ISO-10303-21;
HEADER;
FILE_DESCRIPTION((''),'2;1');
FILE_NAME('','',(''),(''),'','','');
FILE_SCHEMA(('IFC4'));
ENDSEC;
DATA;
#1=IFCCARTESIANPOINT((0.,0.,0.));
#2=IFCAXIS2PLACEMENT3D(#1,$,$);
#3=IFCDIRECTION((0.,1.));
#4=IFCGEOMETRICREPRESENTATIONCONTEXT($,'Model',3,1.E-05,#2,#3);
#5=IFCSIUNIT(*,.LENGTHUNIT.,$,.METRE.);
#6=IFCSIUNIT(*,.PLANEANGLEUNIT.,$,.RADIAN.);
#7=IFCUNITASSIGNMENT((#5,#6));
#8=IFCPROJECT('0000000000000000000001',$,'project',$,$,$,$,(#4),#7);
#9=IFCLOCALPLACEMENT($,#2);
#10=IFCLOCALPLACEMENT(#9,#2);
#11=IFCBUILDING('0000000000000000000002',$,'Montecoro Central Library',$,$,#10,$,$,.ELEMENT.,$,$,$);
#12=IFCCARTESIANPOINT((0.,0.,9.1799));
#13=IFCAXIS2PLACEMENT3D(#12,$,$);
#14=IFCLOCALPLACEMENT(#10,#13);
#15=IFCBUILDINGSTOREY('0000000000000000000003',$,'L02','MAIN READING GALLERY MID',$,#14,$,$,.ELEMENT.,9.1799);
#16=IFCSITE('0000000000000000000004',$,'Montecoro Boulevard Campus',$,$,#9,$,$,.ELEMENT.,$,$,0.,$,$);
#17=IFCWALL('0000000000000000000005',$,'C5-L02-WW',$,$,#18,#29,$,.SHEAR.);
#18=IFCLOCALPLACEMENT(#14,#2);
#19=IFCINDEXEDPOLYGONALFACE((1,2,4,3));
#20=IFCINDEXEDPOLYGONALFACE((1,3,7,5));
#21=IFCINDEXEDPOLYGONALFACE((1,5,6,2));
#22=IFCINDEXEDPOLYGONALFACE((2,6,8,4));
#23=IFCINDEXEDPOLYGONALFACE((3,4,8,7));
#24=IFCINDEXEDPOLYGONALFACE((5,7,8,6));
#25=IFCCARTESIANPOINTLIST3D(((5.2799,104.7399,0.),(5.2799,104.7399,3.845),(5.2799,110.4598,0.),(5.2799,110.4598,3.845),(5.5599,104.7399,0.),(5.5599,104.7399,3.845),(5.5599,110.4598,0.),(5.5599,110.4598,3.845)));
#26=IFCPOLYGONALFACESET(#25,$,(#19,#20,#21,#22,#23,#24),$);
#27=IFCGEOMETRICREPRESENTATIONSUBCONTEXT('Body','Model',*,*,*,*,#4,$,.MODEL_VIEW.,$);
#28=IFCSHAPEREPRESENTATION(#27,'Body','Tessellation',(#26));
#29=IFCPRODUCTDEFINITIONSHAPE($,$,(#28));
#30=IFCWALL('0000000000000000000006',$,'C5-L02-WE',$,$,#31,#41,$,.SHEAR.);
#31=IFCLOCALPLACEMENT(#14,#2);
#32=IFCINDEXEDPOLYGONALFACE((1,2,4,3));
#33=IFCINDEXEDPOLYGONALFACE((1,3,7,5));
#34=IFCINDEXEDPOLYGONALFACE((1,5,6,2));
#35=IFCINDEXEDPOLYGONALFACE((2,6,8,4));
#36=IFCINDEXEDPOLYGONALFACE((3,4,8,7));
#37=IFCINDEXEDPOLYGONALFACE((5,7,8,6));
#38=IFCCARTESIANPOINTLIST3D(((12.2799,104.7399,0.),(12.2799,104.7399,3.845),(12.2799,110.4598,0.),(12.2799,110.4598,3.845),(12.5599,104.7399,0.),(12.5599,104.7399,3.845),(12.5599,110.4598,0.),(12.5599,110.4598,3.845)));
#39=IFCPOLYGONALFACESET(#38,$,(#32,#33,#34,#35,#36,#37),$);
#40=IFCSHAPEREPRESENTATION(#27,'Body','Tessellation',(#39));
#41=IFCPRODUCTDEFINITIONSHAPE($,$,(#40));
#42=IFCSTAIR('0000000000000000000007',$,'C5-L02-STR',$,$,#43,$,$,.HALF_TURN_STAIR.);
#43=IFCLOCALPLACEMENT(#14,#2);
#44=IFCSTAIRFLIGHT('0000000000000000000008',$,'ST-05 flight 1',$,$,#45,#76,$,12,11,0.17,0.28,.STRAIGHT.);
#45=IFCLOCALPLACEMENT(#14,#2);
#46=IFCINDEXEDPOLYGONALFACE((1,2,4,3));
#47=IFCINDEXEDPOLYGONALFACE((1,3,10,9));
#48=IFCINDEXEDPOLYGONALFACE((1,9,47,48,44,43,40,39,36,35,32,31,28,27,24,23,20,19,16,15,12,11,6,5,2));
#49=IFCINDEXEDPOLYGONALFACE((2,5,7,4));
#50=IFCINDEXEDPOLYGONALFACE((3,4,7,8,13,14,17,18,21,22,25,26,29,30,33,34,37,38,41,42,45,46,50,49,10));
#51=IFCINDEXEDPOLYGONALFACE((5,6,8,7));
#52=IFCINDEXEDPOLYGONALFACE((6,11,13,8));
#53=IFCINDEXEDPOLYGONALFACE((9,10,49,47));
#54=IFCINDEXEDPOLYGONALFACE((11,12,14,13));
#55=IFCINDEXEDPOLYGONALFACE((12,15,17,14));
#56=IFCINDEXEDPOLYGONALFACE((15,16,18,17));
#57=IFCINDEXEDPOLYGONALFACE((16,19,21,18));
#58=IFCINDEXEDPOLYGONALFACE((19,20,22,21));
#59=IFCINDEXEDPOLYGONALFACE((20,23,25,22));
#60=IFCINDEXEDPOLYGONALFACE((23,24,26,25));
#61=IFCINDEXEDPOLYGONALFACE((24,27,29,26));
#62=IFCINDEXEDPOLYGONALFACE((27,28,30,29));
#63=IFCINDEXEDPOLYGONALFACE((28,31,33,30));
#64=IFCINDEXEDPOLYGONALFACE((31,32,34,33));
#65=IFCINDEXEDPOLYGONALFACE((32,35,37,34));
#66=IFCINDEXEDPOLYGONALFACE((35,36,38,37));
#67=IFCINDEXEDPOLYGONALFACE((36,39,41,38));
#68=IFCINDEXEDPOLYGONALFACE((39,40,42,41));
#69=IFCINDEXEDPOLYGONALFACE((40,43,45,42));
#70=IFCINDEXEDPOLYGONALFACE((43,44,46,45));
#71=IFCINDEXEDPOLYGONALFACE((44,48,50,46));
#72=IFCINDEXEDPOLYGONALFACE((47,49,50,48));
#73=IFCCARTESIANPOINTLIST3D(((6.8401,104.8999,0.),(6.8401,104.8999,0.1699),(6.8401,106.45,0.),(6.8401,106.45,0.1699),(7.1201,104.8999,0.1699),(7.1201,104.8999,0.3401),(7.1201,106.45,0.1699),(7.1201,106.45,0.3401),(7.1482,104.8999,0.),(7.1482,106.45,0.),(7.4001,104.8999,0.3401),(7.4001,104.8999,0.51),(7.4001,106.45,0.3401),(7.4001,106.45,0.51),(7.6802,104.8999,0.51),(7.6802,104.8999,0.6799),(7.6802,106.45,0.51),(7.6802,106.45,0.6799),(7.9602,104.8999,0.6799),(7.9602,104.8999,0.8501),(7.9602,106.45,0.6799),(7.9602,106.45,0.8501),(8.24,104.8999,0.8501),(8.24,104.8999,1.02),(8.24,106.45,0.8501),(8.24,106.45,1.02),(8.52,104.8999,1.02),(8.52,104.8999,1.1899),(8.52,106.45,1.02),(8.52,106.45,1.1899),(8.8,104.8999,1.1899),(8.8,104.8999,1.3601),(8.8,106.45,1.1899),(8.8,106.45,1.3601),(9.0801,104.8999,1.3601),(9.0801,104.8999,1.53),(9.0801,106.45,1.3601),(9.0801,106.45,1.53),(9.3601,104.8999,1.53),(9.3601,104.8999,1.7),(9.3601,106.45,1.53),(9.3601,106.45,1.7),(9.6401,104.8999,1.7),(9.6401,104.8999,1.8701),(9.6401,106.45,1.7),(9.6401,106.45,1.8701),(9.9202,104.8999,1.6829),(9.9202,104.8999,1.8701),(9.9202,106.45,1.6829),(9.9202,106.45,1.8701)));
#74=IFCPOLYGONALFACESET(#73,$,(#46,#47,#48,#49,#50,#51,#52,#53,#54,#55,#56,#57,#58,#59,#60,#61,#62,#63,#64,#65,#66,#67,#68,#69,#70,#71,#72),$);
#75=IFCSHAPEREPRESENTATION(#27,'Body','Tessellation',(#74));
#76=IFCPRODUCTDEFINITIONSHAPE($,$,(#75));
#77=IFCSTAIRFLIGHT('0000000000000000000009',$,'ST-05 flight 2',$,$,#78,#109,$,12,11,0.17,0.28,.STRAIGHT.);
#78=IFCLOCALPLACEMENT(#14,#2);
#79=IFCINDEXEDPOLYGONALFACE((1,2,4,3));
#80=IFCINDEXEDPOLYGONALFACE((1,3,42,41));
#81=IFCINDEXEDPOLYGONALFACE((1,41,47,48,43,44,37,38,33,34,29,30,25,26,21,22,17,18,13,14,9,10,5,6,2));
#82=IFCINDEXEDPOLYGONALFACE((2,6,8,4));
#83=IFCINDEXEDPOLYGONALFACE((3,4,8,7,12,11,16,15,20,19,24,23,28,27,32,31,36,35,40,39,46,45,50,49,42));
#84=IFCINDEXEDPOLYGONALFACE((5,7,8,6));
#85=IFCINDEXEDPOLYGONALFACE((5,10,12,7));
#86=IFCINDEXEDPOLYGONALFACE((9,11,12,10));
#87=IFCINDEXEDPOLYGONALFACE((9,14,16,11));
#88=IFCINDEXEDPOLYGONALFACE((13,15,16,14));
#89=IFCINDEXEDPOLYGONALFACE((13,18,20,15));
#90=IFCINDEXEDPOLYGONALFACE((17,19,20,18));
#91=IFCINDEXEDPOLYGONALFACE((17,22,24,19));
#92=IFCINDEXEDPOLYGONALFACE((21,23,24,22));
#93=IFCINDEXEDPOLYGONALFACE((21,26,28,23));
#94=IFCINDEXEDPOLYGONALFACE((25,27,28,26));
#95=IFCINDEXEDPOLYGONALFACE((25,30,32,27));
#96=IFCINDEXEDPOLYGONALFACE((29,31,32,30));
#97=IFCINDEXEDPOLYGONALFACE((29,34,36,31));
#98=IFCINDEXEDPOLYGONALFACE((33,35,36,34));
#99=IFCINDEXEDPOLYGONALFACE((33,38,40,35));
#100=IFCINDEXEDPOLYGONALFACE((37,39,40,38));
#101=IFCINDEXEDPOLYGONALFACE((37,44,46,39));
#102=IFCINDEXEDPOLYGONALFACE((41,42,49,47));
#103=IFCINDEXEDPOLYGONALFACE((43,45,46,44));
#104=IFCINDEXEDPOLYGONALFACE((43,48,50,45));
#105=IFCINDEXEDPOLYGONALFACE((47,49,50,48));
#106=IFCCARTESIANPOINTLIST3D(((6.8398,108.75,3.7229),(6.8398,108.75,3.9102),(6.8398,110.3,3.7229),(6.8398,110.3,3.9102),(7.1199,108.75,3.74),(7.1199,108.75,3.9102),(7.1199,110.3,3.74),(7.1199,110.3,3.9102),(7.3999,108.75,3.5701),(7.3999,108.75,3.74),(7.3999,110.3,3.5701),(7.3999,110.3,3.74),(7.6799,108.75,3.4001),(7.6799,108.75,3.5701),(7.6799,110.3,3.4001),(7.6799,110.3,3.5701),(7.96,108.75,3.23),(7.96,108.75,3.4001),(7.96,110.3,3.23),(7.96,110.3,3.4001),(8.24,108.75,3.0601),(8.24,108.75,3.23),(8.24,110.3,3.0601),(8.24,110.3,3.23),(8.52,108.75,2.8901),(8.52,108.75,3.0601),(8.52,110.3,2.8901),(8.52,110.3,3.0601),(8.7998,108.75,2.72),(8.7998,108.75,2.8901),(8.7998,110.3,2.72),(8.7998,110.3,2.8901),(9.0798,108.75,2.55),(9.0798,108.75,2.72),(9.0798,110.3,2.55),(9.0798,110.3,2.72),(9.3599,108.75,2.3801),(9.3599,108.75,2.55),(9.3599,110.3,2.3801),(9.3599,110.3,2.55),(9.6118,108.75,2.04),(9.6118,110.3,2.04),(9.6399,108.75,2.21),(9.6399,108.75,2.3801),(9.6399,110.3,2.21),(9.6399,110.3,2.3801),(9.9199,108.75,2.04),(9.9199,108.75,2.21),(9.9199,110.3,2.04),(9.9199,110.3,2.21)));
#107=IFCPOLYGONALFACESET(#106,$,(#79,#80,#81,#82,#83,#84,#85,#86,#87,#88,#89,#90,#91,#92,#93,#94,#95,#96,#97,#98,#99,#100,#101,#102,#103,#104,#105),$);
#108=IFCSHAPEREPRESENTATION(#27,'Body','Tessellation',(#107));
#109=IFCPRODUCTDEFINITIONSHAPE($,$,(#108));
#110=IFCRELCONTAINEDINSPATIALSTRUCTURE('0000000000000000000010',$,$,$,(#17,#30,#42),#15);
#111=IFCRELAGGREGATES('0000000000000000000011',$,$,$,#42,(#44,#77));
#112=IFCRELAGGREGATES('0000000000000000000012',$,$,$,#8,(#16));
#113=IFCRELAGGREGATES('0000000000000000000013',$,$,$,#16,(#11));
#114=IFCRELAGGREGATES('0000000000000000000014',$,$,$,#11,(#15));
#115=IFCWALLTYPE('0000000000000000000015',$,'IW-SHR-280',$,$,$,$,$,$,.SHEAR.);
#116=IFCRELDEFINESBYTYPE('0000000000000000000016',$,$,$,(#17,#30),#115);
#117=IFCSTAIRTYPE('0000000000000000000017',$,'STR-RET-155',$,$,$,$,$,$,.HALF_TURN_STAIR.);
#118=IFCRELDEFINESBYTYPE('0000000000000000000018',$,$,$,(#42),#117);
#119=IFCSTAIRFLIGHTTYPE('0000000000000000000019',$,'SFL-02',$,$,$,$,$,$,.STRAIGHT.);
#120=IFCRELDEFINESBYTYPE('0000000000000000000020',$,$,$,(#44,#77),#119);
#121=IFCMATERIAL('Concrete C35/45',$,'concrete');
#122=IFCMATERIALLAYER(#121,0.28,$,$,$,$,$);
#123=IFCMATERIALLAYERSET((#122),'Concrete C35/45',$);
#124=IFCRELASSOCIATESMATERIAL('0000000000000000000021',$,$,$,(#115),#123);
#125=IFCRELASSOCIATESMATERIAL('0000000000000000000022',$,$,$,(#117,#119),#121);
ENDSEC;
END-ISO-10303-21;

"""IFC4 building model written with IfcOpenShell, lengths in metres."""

from ifc_helpers import new_model, si_unit, direction, frame, frame_2d, origin, place, context, subcontext, project, spatial, polyline, rectangle, outline, extrude, material, layer, layer_set, type_object, element, aggregate, save


model = new_model("IFC4")

# Units and contexts
model_context = context("Model", 3, precision=1e-05, world=origin(), true_north=direction((0.0, 1.0)))
body_context = subcontext(model_context, "Body", "Model", "MODEL_VIEW")
ifc_project = project(units=[si_unit("LENGTHUNIT", "METRE"), si_unit("PLANEANGLEUNIT", "RADIAN")], contexts=[model_context])

# Site, building, storey
site_placement = place(None, origin())
site = spatial("IfcSite", under=ifc_project, at=site_placement, Name="Montecoro Boulevard Campus", CompositionType="ELEMENT", RefElevation=0.0)
building_placement = place(site_placement, origin())
building = spatial("IfcBuilding", under=site, at=building_placement, Name="Montecoro Central Library", CompositionType="ELEMENT")
storey_placement = place(building_placement, frame((0.0, 0.0, 9.1799)))
storey = spatial("IfcBuildingStorey", under=building, at=storey_placement, Name="L02", Description="MAIN READING GALLERY MID", CompositionType="ELEMENT", Elevation=9.1799)

# Shared definitions
ifc_material_1 = material(Name="Concrete C35/45", Category="concrete")

# Shared definitions
ifc_layer_1 = layer(ifc_material_1, 0.28)
ifc_layer_set_1 = layer_set([ifc_layer_1], Name="Concrete C35/45")
wall_type = type_object("IfcWallType", Name="IW-SHR-280", PredefinedType="SHEAR", material=ifc_layer_set_1)

# Walls
for number, where, z_axis, x_axis, name in (
    (1, (5.4199, 104.74, 0.0), (0.0, 0.0, 1.0), (0.0, 1.0, 0.0), "C5-L02-WW"),
    (2, (12.4199, 104.74, 0.0), (0.0, 0.0, 1.0), (0.0, 1.0, 0.0), "C5-L02-WE"),
):
    element("IfcWall", number, at=place(storey_placement, frame(where, z_axis=z_axis, x_axis=x_axis)), inside=storey, type_object=wall_type, Name=name, PredefinedType="SHEAR", context=body_context, shape_type="SweptSolid", body=[
        extrude(rectangle(XDim=5.72, YDim=0.28, at=frame_2d((2.8599, 0.0))), origin(), (0.0, 0.0, 1.0), 3.845),
    ])

# Stair, stair flights
stair_type = type_object("IfcStairType", Name="STR-RET-155", PredefinedType="HALF_TURN_STAIR", material=ifc_material_1)
stair_placement = place(storey_placement, origin())
stair = element("IfcStair", 3, at=stair_placement, inside=storey, type_object=stair_type, Name="C5-L02-STR", PredefinedType="HALF_TURN_STAIR")
stair_flight_type = type_object("IfcStairFlightType", Name="SFL-02", PredefinedType="STRAIGHT", material=ifc_material_1)
stair_flight_1_placement = place(storey_placement, frame((6.8401, 105.675, 0.0), z_axis=(0.0, 0.0, 1.0), x_axis=(1.0, 0.0, 0.0)))
stair_flight_1 = element("IfcStairFlight", 4, at=stair_flight_1_placement, type_object=stair_flight_type, Name="ST-05 flight 1", NumberOfRisers=12, NumberOfTreads=11, PredefinedType="STRAIGHT", RiserHeight=0.17, TreadLength=0.28, context=body_context, shape_type="SweptSolid", body=[
    extrude(outline(polyline([(0.0, 0.0), (0.0, 0.1699), (0.28, 0.1699), (0.28, 0.3401), (0.5601, 0.3401), (0.5601, 0.51), (0.8401, 0.51), (0.8401, 0.6799), (1.1201, 0.6799), (1.1201, 0.8501), (1.3999, 0.8501), (1.3999, 1.02), (1.6799, 1.02), (1.6799, 1.1899), (1.96, 1.1899), (1.96, 1.3601), (2.24, 1.3601), (2.24, 1.53), (2.52, 1.53), (2.52, 1.7), (2.8, 1.7), (2.8, 1.8701), (3.0801, 1.8701), (3.0801, 2.04), (3.0801, 1.6829), (0.3081, 0.0), (0.0, 0.0)])), frame((0.0, 0.7749, 0.0), z_axis=(0.0, -1.0, 0.0), x_axis=(1.0, 0.0, 0.0)), (0.0, 0.0, 1.0), 1.55),
])
stair_flight_2_placement = place(storey_placement, frame((9.9199, 109.5249, 2.04), z_axis=(0.0, 0.0, 1.0), x_axis=(-1.0, 0.0, 0.0)))
stair_flight_2 = element("IfcStairFlight", 5, at=stair_flight_2_placement, type_object=stair_flight_type, Name="ST-05 flight 2", NumberOfRisers=12, NumberOfTreads=11, PredefinedType="STRAIGHT", RiserHeight=0.17, TreadLength=0.28, context=body_context, shape_type="SweptSolid", body=[
    extrude(outline(polyline([(0.0, 0.0), (0.0, 0.1699), (0.28, 0.1699), (0.28, 0.3401), (0.5601, 0.3401), (0.5601, 0.51), (0.8401, 0.51), (0.8401, 0.6799), (1.1201, 0.6799), (1.1201, 0.8501), (1.3999, 0.8501), (1.3999, 1.02), (1.6799, 1.02), (1.6799, 1.1899), (1.96, 1.1899), (1.96, 1.3601), (2.24, 1.3601), (2.24, 1.53), (2.52, 1.53), (2.52, 1.7), (2.8, 1.7), (2.8, 1.8701), (3.0801, 1.8701), (3.0801, 2.04), (3.0801, 1.6829), (0.3081, 0.0), (0.0, 0.0)])), frame((0.0, 0.7749, 0.0), z_axis=(0.0, -1.0, 0.0), x_axis=(1.0, 0.0, 0.0)), (0.0, 0.0, 1.0), 1.55),
])
aggregate(stair, [stair_flight_1, stair_flight_2])

save(model, "model.ifc")
